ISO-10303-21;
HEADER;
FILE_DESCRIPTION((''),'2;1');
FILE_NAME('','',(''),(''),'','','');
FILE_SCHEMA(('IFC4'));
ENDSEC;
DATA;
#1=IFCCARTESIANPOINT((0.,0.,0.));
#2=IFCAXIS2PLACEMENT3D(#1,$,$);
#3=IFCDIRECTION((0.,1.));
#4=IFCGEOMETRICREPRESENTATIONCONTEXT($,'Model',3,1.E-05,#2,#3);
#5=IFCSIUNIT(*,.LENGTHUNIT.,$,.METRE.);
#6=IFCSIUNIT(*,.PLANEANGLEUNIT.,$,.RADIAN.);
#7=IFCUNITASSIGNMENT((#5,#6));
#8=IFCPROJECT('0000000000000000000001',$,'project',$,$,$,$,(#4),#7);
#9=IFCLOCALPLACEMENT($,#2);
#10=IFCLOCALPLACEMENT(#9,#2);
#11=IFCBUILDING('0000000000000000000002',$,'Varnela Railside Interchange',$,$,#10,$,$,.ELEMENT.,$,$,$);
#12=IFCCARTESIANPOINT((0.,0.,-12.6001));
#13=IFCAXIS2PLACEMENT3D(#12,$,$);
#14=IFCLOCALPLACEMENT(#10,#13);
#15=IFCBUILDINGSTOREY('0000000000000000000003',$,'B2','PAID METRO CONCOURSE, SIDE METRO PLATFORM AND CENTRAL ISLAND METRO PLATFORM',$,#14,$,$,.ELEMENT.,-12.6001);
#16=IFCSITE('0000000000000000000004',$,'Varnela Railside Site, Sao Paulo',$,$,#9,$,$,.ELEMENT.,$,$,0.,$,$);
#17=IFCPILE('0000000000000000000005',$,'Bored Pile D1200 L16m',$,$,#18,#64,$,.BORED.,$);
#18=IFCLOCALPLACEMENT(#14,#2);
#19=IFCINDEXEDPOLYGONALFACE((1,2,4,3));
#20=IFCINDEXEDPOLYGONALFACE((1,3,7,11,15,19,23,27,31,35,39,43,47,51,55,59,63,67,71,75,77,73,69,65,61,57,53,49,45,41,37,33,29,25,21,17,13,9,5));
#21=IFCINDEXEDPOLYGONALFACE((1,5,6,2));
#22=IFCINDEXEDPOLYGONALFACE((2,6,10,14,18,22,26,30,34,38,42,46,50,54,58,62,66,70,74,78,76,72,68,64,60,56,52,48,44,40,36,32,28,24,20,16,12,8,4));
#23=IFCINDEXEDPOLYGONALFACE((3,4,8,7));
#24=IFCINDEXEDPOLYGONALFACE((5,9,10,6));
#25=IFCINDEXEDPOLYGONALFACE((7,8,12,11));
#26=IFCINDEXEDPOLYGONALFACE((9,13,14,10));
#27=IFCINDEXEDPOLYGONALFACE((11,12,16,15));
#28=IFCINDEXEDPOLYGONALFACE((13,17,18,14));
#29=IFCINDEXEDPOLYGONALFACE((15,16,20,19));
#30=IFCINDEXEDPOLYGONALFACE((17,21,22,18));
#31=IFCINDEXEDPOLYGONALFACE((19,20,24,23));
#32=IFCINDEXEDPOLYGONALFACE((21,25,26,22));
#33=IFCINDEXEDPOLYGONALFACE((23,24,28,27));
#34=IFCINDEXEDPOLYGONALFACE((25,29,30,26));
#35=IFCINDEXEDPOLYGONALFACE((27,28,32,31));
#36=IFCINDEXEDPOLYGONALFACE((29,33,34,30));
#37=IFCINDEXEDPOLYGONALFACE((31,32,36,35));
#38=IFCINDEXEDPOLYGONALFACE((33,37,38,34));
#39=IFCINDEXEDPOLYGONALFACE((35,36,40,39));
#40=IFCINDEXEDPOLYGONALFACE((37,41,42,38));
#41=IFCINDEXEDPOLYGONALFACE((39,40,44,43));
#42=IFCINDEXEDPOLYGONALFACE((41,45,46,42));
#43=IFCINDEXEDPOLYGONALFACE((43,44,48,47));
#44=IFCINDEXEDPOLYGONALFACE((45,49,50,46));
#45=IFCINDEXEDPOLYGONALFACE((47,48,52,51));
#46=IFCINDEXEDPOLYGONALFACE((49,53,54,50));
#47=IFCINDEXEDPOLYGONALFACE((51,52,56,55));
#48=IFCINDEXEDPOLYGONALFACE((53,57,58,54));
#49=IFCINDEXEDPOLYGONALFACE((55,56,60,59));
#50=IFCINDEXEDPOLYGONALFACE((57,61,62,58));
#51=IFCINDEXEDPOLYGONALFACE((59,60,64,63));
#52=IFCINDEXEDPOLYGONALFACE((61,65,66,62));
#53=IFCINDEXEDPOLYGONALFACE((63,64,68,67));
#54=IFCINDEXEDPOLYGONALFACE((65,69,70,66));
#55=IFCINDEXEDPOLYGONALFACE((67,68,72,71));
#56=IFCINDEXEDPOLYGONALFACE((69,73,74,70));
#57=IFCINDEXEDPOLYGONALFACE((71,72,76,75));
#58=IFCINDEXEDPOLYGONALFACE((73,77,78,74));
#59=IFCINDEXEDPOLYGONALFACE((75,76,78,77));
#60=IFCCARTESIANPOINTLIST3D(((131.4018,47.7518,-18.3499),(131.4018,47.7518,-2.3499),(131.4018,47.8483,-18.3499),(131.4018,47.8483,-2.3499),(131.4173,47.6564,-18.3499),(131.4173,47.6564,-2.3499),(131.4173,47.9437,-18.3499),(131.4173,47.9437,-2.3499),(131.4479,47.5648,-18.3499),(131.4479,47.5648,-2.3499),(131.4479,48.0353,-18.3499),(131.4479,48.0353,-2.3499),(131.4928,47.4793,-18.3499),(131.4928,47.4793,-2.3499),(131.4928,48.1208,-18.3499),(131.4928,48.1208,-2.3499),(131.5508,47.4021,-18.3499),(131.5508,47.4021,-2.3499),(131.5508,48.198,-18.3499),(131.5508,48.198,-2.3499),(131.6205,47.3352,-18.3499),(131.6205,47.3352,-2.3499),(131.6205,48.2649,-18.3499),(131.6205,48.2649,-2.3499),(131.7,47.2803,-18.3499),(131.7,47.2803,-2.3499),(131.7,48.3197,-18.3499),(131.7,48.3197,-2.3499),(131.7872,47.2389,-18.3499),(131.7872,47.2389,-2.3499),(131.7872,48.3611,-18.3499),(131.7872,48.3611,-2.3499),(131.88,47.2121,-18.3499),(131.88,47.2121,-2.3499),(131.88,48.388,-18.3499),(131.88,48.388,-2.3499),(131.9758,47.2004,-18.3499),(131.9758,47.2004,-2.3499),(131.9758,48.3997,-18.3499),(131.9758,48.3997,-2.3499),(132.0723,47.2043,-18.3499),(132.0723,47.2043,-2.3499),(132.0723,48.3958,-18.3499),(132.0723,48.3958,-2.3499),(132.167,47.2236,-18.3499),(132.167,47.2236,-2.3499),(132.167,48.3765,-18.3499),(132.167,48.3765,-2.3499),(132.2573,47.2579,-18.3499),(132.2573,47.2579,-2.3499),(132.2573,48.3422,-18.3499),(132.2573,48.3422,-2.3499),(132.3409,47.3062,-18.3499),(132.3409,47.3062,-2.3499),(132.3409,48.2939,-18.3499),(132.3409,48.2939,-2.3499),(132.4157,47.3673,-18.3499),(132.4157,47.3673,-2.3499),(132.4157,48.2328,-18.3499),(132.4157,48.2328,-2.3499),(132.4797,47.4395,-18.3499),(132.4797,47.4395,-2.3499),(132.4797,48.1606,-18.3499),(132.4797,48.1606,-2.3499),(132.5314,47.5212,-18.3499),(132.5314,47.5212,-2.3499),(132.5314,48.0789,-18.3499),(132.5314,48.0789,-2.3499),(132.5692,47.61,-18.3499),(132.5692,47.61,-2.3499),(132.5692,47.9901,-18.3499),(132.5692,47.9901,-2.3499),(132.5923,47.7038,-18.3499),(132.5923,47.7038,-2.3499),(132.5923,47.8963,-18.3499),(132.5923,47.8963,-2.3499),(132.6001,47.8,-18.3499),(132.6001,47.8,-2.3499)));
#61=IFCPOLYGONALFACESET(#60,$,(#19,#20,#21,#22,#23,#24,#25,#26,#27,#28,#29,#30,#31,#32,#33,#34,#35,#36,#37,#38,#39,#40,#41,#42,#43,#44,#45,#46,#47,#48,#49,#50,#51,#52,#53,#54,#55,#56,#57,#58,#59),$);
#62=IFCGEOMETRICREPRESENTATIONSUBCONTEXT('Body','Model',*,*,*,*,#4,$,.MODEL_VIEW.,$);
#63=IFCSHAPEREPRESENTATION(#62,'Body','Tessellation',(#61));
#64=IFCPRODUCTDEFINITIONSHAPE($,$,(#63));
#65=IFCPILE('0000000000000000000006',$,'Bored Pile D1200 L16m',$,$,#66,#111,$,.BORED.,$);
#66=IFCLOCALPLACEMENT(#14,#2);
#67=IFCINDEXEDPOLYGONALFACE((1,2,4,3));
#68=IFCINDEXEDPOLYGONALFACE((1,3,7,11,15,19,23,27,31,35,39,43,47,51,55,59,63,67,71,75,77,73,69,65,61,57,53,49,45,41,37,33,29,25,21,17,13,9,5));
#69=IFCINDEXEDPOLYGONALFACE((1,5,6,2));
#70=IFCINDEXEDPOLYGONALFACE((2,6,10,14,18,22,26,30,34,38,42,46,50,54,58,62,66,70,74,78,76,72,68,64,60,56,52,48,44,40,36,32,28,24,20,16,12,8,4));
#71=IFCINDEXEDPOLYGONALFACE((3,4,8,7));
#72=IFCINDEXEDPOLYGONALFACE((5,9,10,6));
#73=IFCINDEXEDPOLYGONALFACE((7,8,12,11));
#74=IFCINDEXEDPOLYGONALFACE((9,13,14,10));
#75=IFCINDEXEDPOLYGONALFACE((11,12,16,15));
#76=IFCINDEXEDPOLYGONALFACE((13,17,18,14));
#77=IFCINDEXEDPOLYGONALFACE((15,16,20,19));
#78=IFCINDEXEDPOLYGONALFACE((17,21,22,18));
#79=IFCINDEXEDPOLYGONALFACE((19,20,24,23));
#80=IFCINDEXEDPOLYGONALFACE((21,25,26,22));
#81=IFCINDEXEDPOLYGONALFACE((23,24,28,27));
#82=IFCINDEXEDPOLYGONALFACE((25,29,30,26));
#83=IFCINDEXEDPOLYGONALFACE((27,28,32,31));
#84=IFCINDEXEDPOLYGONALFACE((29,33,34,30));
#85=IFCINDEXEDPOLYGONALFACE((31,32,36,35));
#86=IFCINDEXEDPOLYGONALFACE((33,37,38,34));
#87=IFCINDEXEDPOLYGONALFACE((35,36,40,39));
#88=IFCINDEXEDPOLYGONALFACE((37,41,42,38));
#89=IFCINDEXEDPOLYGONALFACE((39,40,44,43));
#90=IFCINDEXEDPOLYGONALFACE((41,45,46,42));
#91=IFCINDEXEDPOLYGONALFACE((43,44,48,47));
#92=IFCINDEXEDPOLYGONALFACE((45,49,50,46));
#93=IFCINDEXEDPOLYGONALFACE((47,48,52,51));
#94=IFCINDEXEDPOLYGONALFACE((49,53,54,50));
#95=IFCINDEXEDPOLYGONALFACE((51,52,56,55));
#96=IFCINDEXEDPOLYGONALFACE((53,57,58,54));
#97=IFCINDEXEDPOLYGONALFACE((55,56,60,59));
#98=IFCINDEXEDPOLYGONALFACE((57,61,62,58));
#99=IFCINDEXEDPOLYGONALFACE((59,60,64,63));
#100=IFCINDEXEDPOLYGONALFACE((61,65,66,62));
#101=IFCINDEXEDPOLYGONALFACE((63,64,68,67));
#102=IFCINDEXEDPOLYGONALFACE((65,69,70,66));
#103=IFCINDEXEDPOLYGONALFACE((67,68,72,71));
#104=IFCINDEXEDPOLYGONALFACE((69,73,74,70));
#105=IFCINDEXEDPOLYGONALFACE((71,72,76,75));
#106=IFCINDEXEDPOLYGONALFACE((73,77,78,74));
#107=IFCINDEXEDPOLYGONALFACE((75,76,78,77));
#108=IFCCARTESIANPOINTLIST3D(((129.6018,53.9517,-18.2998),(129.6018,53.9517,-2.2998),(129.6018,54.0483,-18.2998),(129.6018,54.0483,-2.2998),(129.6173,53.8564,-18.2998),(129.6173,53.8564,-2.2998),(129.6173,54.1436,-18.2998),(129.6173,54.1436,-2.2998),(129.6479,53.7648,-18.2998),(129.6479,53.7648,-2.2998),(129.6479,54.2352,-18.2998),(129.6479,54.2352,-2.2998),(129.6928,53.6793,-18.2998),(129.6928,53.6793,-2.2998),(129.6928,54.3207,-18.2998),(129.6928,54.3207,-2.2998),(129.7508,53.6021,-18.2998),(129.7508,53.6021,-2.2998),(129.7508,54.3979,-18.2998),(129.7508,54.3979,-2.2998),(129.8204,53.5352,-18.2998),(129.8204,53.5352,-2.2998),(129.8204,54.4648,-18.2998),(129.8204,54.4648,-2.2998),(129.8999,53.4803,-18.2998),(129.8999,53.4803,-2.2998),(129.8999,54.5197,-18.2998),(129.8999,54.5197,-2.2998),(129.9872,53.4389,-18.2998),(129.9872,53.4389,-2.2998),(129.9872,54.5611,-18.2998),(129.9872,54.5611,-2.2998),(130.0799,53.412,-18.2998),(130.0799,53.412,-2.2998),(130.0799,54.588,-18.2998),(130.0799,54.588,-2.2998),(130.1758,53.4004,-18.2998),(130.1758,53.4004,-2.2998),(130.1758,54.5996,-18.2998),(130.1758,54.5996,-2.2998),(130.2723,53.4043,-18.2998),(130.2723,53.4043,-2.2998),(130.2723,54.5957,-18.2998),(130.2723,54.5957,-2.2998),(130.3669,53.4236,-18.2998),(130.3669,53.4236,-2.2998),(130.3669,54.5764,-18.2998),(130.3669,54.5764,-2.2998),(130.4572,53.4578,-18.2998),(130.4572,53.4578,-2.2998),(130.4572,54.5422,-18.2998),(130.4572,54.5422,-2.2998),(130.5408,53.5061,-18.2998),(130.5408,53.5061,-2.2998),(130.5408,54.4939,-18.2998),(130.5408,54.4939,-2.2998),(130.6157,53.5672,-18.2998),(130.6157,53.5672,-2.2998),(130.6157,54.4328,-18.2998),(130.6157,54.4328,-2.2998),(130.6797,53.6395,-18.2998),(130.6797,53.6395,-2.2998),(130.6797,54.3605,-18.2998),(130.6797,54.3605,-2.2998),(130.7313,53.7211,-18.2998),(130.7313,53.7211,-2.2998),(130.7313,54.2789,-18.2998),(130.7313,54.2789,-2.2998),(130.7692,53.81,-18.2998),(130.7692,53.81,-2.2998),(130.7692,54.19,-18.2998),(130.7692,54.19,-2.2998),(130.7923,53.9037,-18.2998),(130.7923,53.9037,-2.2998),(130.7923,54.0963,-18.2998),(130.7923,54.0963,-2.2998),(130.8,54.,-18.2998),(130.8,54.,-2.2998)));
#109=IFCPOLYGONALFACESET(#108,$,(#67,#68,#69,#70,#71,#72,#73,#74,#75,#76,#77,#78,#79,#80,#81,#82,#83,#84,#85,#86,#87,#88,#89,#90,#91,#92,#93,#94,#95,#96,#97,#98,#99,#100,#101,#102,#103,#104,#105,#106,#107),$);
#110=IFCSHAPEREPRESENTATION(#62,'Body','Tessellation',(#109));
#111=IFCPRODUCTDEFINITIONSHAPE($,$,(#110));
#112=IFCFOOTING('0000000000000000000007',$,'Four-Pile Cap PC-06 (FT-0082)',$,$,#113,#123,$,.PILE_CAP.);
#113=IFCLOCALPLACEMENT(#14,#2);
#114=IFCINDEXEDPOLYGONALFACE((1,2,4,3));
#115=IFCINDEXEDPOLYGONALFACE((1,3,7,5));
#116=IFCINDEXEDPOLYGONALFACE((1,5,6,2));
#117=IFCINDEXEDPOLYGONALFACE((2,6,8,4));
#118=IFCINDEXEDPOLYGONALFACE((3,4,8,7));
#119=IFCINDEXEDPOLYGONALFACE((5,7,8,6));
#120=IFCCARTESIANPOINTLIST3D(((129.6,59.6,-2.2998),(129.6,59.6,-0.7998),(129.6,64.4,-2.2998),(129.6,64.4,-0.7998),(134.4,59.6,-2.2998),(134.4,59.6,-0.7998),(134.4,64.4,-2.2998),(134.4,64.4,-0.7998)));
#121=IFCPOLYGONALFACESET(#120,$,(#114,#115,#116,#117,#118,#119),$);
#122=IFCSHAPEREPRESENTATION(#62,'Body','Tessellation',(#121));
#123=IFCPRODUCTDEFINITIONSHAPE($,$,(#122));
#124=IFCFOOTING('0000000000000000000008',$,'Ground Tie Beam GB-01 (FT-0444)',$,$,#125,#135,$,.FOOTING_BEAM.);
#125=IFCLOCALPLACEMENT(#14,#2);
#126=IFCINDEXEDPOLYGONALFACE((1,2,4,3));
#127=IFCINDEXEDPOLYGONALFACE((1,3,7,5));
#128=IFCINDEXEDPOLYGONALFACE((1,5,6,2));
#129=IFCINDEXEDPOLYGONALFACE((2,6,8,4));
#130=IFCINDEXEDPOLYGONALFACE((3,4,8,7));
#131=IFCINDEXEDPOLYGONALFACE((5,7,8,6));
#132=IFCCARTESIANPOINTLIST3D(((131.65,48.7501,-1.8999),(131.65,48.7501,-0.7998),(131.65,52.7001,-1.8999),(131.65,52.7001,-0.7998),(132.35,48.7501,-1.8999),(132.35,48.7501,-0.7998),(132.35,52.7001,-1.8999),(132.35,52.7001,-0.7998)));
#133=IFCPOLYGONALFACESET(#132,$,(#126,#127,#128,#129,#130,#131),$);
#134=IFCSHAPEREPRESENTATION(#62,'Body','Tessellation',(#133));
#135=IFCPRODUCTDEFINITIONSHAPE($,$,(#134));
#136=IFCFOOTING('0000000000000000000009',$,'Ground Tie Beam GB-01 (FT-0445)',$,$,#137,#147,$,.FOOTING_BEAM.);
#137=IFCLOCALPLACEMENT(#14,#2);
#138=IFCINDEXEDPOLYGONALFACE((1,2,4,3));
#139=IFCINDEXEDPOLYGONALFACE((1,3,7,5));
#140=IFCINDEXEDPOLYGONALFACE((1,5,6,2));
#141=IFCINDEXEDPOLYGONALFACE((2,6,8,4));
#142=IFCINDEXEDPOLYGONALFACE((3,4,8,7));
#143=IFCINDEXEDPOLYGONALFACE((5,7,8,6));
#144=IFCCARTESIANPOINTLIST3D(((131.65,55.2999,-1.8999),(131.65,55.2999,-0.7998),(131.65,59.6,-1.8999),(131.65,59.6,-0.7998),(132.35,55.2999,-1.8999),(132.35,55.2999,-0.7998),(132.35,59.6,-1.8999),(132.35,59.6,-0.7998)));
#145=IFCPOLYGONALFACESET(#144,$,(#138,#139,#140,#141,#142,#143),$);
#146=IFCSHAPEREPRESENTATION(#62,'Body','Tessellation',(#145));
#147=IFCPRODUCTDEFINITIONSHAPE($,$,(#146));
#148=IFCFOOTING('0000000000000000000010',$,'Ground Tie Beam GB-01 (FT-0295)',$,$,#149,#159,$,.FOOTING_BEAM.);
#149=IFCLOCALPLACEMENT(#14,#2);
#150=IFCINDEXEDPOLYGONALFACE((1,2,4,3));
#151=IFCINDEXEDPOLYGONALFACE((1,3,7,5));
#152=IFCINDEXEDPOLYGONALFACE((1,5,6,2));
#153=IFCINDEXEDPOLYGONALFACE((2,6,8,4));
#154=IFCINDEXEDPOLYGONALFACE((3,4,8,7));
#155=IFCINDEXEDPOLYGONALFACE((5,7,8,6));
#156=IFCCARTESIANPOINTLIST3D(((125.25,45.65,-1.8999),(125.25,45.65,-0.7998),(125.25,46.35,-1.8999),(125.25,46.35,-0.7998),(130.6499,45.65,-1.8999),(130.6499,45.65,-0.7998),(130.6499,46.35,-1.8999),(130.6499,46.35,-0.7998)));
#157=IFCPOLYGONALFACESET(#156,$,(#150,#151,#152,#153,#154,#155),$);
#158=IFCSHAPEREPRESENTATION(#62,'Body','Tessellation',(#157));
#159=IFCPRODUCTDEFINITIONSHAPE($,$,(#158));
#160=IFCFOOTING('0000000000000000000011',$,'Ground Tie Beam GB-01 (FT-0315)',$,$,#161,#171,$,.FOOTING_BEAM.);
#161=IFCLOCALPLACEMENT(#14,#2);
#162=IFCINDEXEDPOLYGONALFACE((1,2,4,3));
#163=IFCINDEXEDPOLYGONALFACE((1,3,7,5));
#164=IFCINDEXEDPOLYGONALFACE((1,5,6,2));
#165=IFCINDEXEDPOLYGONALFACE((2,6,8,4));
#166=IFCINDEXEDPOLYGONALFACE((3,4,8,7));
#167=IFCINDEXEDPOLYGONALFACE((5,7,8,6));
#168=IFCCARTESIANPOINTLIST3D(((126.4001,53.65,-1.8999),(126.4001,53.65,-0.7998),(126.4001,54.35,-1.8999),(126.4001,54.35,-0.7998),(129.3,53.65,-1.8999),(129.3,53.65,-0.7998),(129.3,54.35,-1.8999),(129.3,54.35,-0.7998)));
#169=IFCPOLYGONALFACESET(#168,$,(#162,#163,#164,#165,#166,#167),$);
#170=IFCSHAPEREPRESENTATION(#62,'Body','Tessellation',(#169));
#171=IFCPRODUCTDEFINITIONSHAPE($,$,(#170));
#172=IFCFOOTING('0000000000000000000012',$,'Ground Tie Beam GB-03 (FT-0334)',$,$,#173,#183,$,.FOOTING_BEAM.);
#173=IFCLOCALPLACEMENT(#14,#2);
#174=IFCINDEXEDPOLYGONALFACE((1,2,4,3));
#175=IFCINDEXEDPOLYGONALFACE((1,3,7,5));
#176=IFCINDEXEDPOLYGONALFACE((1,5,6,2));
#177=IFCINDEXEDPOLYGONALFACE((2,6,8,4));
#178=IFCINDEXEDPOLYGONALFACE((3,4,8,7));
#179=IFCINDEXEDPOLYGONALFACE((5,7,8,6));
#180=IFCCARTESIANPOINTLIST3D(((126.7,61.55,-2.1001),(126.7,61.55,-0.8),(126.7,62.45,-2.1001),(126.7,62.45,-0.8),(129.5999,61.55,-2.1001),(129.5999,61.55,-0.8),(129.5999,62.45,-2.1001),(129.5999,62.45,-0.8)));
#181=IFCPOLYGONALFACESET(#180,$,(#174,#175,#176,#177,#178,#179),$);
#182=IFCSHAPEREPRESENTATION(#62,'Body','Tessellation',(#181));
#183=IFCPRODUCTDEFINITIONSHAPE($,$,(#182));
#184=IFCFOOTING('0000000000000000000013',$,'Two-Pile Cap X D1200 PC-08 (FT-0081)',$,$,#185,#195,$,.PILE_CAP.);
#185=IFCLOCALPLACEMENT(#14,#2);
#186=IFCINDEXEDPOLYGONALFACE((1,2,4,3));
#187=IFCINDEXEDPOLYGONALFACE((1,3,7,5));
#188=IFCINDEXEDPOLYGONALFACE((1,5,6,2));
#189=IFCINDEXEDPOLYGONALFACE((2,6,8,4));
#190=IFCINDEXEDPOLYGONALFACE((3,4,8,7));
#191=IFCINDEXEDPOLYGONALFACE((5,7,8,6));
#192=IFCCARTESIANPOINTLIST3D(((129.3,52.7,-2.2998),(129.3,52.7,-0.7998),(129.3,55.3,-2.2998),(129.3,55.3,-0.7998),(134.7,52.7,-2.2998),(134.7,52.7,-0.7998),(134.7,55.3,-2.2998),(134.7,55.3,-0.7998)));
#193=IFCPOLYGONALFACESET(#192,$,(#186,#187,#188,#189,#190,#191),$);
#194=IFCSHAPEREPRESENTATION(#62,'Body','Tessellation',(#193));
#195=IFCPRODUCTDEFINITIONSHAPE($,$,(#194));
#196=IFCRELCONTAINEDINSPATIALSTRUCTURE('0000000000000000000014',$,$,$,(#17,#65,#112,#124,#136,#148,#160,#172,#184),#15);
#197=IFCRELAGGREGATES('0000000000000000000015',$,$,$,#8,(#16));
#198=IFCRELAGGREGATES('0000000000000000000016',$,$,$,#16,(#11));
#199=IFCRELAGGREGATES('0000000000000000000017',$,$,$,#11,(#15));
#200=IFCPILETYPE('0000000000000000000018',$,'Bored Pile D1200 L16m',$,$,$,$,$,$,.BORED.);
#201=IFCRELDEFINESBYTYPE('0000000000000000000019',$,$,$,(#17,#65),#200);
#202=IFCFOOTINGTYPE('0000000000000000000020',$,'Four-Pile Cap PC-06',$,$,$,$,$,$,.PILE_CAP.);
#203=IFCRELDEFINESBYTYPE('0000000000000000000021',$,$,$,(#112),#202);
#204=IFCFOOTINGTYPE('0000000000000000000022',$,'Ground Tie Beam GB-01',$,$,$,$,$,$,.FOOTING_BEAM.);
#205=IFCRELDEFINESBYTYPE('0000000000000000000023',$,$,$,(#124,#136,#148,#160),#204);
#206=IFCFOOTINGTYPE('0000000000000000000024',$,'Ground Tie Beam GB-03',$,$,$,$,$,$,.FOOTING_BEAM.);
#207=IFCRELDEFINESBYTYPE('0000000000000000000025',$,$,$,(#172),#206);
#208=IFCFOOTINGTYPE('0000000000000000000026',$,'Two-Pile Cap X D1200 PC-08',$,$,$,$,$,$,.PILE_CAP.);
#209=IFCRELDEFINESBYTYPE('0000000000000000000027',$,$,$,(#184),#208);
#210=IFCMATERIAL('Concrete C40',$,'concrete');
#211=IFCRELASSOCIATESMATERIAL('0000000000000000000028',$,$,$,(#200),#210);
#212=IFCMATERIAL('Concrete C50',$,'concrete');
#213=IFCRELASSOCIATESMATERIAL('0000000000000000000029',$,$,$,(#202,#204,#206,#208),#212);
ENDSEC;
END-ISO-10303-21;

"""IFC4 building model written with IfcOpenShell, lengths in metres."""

from ifc_helpers import new_model, si_unit, direction, frame, origin, origin_2d, place, context, subcontext, project, spatial, rectangle, circle, extrude, material, material_profile, profile_set, type_object, element, save


model = new_model("IFC4")

# Units and contexts
model_context = context("Model", 3, precision=1e-05, world=origin(), true_north=direction((0.0, 1.0)))
body_context = subcontext(model_context, "Body", "Model", "MODEL_VIEW")
ifc_project = project(units=[si_unit("LENGTHUNIT", "METRE"), si_unit("PLANEANGLEUNIT", "RADIAN")], contexts=[model_context])

# Site, building, storey
site_placement = place(None, origin())
site = spatial("IfcSite", under=ifc_project, at=site_placement, Name="Varnela Railside Site, Sao Paulo", CompositionType="ELEMENT", RefElevation=0.0)
building_placement = place(site_placement, origin())
building = spatial("IfcBuilding", under=site, at=building_placement, Name="Varnela Railside Interchange", CompositionType="ELEMENT")
storey_placement = place(building_placement, frame((0.0, 0.0, -12.6001)))
storey = spatial("IfcBuildingStorey", under=building, at=storey_placement, Name="B2", Description="PAID METRO CONCOURSE, SIDE METRO PLATFORM AND CENTRAL ISLAND METRO PLATFORM", CompositionType="ELEMENT", Elevation=-12.6001)

# Piles
ifc_material_1 = material(Name="Concrete C40", Category="concrete")
ifc_material_profile_1 = material_profile(ifc_material_1, circle(Radius=0.6001, at=origin_2d()), Name="BORED PILE D1200")
ifc_profile_set_1 = profile_set([ifc_material_profile_1], Name="Concrete C40")
pile_type_1 = type_object("IfcPileType", Name="Bored Pile D1200 L16m", PredefinedType="BORED", material=ifc_profile_set_1)
for number, where, z_axis, x_axis, name in (
    (1, (132.0, 47.8, -2.3499), (0.0, 0.0, -1.0), (1.0, 0.0, 0.0), "Bored Pile D1200 L16m"),
    (2, (130.2, 54.0, -2.2998), (0.0, 0.0, -1.0), (1.0, 0.0, 0.0), "Bored Pile D1200 L16m"),
):
    element("IfcPile", number, at=place(storey_placement, frame(where, z_axis=z_axis, x_axis=x_axis)), inside=storey, type_object=pile_type_1, Name=name, PredefinedType="BORED", context=body_context, shape_type="SweptSolid", body=[
        extrude(circle(Radius=0.6001, at=origin_2d()), origin(), (0.0, 0.0, 1.0), 16.0),
    ])

# Footings
ifc_material_2 = material(Name="Concrete C50", Category="concrete")
footing_type_1 = type_object("IfcFootingType", Name="Four-Pile Cap PC-06", PredefinedType="PILE_CAP", material=ifc_material_2)
footing_1_placement = place(storey_placement, frame((132.0, 62.0, -2.2998), z_axis=(0.0, 0.0, 1.0), x_axis=(1.0, 0.0, 0.0)))
element("IfcFooting", 3, at=footing_1_placement, inside=storey, type_object=footing_type_1, Name="Four-Pile Cap PC-06 (FT-0082)", PredefinedType="PILE_CAP", context=body_context, shape_type="SweptSolid", body=[
    extrude(rectangle(XDim=4.8, YDim=4.8, at=origin_2d()), origin(), (0.0, 0.0, 1.0), 1.5),
])
footing_type_2 = type_object("IfcFootingType", Name="Ground Tie Beam GB-01", PredefinedType="FOOTING_BEAM", material=ifc_material_2)
footing_2_placement = place(storey_placement, frame((132.0, 50.7251, -1.8999), z_axis=(0.0, 0.0, 1.0), x_axis=(1.0, 0.0, 0.0)))
element("IfcFooting", 4, at=footing_2_placement, inside=storey, type_object=footing_type_2, Name="Ground Tie Beam GB-01 (FT-0444)", PredefinedType="FOOTING_BEAM", context=body_context, shape_type="SweptSolid", body=[
    extrude(rectangle(XDim=0.7, YDim=3.95, at=origin_2d()), origin(), (0.0, 0.0, 1.0), 1.1001),
])
footing_3_placement = place(storey_placement, frame((132.0, 57.45, -1.8999), z_axis=(0.0, 0.0, 1.0), x_axis=(1.0, 0.0, 0.0)))
element("IfcFooting", 5, at=footing_3_placement, inside=storey, type_object=footing_type_2, Name="Ground Tie Beam GB-01 (FT-0445)", PredefinedType="FOOTING_BEAM", context=body_context, shape_type="SweptSolid", body=[
    extrude(rectangle(XDim=0.7, YDim=4.3, at=origin_2d()), origin(), (0.0, 0.0, 1.0), 1.1001),
])
footing_4_placement = place(storey_placement, frame((127.95, 46.0, -1.8999), z_axis=(0.0, 0.0, 1.0), x_axis=(1.0, 0.0, 0.0)))
element("IfcFooting", 6, at=footing_4_placement, inside=storey, type_object=footing_type_2, Name="Ground Tie Beam GB-01 (FT-0295)", PredefinedType="FOOTING_BEAM", context=body_context, shape_type="SweptSolid", body=[
    extrude(rectangle(XDim=5.3999, YDim=0.7, at=origin_2d()), origin(), (0.0, 0.0, 1.0), 1.1001),
])
footing_5_placement = place(storey_placement, frame((127.8501, 54.0, -1.8999), z_axis=(0.0, 0.0, 1.0), x_axis=(1.0, 0.0, 0.0)))
element("IfcFooting", 7, at=footing_5_placement, inside=storey, type_object=footing_type_2, Name="Ground Tie Beam GB-01 (FT-0315)", PredefinedType="FOOTING_BEAM", context=body_context, shape_type="SweptSolid", body=[
    extrude(rectangle(XDim=2.8999, YDim=0.7, at=origin_2d()), origin(), (0.0, 0.0, 1.0), 1.1001),
])
footing_type_3 = type_object("IfcFootingType", Name="Ground Tie Beam GB-03", PredefinedType="FOOTING_BEAM", material=ifc_material_2)
footing_6_placement = place(storey_placement, frame((128.1499, 62.0, -2.1001), z_axis=(0.0, 0.0, 1.0), x_axis=(1.0, 0.0, 0.0)))
element("IfcFooting", 8, at=footing_6_placement, inside=storey, type_object=footing_type_3, Name="Ground Tie Beam GB-03 (FT-0334)", PredefinedType="FOOTING_BEAM", context=body_context, shape_type="SweptSolid", body=[
    extrude(rectangle(XDim=2.8999, YDim=0.8999, at=origin_2d()), origin(), (0.0, 0.0, 1.0), 1.3),
])
footing_type_4 = type_object("IfcFootingType", Name="Two-Pile Cap X D1200 PC-08", PredefinedType="PILE_CAP", material=ifc_material_2)
footing_7_placement = place(storey_placement, frame((132.0, 54.0, -2.2998), z_axis=(0.0, 0.0, 1.0), x_axis=(1.0, 0.0, 0.0)))
element("IfcFooting", 9, at=footing_7_placement, inside=storey, type_object=footing_type_4, Name="Two-Pile Cap X D1200 PC-08 (FT-0081)", PredefinedType="PILE_CAP", context=body_context, shape_type="SweptSolid", body=[
    extrude(rectangle(XDim=5.3999, YDim=2.6001, at=origin_2d()), origin(), (0.0, 0.0, 1.0), 1.5),
])

save(model, "model.ifc")
